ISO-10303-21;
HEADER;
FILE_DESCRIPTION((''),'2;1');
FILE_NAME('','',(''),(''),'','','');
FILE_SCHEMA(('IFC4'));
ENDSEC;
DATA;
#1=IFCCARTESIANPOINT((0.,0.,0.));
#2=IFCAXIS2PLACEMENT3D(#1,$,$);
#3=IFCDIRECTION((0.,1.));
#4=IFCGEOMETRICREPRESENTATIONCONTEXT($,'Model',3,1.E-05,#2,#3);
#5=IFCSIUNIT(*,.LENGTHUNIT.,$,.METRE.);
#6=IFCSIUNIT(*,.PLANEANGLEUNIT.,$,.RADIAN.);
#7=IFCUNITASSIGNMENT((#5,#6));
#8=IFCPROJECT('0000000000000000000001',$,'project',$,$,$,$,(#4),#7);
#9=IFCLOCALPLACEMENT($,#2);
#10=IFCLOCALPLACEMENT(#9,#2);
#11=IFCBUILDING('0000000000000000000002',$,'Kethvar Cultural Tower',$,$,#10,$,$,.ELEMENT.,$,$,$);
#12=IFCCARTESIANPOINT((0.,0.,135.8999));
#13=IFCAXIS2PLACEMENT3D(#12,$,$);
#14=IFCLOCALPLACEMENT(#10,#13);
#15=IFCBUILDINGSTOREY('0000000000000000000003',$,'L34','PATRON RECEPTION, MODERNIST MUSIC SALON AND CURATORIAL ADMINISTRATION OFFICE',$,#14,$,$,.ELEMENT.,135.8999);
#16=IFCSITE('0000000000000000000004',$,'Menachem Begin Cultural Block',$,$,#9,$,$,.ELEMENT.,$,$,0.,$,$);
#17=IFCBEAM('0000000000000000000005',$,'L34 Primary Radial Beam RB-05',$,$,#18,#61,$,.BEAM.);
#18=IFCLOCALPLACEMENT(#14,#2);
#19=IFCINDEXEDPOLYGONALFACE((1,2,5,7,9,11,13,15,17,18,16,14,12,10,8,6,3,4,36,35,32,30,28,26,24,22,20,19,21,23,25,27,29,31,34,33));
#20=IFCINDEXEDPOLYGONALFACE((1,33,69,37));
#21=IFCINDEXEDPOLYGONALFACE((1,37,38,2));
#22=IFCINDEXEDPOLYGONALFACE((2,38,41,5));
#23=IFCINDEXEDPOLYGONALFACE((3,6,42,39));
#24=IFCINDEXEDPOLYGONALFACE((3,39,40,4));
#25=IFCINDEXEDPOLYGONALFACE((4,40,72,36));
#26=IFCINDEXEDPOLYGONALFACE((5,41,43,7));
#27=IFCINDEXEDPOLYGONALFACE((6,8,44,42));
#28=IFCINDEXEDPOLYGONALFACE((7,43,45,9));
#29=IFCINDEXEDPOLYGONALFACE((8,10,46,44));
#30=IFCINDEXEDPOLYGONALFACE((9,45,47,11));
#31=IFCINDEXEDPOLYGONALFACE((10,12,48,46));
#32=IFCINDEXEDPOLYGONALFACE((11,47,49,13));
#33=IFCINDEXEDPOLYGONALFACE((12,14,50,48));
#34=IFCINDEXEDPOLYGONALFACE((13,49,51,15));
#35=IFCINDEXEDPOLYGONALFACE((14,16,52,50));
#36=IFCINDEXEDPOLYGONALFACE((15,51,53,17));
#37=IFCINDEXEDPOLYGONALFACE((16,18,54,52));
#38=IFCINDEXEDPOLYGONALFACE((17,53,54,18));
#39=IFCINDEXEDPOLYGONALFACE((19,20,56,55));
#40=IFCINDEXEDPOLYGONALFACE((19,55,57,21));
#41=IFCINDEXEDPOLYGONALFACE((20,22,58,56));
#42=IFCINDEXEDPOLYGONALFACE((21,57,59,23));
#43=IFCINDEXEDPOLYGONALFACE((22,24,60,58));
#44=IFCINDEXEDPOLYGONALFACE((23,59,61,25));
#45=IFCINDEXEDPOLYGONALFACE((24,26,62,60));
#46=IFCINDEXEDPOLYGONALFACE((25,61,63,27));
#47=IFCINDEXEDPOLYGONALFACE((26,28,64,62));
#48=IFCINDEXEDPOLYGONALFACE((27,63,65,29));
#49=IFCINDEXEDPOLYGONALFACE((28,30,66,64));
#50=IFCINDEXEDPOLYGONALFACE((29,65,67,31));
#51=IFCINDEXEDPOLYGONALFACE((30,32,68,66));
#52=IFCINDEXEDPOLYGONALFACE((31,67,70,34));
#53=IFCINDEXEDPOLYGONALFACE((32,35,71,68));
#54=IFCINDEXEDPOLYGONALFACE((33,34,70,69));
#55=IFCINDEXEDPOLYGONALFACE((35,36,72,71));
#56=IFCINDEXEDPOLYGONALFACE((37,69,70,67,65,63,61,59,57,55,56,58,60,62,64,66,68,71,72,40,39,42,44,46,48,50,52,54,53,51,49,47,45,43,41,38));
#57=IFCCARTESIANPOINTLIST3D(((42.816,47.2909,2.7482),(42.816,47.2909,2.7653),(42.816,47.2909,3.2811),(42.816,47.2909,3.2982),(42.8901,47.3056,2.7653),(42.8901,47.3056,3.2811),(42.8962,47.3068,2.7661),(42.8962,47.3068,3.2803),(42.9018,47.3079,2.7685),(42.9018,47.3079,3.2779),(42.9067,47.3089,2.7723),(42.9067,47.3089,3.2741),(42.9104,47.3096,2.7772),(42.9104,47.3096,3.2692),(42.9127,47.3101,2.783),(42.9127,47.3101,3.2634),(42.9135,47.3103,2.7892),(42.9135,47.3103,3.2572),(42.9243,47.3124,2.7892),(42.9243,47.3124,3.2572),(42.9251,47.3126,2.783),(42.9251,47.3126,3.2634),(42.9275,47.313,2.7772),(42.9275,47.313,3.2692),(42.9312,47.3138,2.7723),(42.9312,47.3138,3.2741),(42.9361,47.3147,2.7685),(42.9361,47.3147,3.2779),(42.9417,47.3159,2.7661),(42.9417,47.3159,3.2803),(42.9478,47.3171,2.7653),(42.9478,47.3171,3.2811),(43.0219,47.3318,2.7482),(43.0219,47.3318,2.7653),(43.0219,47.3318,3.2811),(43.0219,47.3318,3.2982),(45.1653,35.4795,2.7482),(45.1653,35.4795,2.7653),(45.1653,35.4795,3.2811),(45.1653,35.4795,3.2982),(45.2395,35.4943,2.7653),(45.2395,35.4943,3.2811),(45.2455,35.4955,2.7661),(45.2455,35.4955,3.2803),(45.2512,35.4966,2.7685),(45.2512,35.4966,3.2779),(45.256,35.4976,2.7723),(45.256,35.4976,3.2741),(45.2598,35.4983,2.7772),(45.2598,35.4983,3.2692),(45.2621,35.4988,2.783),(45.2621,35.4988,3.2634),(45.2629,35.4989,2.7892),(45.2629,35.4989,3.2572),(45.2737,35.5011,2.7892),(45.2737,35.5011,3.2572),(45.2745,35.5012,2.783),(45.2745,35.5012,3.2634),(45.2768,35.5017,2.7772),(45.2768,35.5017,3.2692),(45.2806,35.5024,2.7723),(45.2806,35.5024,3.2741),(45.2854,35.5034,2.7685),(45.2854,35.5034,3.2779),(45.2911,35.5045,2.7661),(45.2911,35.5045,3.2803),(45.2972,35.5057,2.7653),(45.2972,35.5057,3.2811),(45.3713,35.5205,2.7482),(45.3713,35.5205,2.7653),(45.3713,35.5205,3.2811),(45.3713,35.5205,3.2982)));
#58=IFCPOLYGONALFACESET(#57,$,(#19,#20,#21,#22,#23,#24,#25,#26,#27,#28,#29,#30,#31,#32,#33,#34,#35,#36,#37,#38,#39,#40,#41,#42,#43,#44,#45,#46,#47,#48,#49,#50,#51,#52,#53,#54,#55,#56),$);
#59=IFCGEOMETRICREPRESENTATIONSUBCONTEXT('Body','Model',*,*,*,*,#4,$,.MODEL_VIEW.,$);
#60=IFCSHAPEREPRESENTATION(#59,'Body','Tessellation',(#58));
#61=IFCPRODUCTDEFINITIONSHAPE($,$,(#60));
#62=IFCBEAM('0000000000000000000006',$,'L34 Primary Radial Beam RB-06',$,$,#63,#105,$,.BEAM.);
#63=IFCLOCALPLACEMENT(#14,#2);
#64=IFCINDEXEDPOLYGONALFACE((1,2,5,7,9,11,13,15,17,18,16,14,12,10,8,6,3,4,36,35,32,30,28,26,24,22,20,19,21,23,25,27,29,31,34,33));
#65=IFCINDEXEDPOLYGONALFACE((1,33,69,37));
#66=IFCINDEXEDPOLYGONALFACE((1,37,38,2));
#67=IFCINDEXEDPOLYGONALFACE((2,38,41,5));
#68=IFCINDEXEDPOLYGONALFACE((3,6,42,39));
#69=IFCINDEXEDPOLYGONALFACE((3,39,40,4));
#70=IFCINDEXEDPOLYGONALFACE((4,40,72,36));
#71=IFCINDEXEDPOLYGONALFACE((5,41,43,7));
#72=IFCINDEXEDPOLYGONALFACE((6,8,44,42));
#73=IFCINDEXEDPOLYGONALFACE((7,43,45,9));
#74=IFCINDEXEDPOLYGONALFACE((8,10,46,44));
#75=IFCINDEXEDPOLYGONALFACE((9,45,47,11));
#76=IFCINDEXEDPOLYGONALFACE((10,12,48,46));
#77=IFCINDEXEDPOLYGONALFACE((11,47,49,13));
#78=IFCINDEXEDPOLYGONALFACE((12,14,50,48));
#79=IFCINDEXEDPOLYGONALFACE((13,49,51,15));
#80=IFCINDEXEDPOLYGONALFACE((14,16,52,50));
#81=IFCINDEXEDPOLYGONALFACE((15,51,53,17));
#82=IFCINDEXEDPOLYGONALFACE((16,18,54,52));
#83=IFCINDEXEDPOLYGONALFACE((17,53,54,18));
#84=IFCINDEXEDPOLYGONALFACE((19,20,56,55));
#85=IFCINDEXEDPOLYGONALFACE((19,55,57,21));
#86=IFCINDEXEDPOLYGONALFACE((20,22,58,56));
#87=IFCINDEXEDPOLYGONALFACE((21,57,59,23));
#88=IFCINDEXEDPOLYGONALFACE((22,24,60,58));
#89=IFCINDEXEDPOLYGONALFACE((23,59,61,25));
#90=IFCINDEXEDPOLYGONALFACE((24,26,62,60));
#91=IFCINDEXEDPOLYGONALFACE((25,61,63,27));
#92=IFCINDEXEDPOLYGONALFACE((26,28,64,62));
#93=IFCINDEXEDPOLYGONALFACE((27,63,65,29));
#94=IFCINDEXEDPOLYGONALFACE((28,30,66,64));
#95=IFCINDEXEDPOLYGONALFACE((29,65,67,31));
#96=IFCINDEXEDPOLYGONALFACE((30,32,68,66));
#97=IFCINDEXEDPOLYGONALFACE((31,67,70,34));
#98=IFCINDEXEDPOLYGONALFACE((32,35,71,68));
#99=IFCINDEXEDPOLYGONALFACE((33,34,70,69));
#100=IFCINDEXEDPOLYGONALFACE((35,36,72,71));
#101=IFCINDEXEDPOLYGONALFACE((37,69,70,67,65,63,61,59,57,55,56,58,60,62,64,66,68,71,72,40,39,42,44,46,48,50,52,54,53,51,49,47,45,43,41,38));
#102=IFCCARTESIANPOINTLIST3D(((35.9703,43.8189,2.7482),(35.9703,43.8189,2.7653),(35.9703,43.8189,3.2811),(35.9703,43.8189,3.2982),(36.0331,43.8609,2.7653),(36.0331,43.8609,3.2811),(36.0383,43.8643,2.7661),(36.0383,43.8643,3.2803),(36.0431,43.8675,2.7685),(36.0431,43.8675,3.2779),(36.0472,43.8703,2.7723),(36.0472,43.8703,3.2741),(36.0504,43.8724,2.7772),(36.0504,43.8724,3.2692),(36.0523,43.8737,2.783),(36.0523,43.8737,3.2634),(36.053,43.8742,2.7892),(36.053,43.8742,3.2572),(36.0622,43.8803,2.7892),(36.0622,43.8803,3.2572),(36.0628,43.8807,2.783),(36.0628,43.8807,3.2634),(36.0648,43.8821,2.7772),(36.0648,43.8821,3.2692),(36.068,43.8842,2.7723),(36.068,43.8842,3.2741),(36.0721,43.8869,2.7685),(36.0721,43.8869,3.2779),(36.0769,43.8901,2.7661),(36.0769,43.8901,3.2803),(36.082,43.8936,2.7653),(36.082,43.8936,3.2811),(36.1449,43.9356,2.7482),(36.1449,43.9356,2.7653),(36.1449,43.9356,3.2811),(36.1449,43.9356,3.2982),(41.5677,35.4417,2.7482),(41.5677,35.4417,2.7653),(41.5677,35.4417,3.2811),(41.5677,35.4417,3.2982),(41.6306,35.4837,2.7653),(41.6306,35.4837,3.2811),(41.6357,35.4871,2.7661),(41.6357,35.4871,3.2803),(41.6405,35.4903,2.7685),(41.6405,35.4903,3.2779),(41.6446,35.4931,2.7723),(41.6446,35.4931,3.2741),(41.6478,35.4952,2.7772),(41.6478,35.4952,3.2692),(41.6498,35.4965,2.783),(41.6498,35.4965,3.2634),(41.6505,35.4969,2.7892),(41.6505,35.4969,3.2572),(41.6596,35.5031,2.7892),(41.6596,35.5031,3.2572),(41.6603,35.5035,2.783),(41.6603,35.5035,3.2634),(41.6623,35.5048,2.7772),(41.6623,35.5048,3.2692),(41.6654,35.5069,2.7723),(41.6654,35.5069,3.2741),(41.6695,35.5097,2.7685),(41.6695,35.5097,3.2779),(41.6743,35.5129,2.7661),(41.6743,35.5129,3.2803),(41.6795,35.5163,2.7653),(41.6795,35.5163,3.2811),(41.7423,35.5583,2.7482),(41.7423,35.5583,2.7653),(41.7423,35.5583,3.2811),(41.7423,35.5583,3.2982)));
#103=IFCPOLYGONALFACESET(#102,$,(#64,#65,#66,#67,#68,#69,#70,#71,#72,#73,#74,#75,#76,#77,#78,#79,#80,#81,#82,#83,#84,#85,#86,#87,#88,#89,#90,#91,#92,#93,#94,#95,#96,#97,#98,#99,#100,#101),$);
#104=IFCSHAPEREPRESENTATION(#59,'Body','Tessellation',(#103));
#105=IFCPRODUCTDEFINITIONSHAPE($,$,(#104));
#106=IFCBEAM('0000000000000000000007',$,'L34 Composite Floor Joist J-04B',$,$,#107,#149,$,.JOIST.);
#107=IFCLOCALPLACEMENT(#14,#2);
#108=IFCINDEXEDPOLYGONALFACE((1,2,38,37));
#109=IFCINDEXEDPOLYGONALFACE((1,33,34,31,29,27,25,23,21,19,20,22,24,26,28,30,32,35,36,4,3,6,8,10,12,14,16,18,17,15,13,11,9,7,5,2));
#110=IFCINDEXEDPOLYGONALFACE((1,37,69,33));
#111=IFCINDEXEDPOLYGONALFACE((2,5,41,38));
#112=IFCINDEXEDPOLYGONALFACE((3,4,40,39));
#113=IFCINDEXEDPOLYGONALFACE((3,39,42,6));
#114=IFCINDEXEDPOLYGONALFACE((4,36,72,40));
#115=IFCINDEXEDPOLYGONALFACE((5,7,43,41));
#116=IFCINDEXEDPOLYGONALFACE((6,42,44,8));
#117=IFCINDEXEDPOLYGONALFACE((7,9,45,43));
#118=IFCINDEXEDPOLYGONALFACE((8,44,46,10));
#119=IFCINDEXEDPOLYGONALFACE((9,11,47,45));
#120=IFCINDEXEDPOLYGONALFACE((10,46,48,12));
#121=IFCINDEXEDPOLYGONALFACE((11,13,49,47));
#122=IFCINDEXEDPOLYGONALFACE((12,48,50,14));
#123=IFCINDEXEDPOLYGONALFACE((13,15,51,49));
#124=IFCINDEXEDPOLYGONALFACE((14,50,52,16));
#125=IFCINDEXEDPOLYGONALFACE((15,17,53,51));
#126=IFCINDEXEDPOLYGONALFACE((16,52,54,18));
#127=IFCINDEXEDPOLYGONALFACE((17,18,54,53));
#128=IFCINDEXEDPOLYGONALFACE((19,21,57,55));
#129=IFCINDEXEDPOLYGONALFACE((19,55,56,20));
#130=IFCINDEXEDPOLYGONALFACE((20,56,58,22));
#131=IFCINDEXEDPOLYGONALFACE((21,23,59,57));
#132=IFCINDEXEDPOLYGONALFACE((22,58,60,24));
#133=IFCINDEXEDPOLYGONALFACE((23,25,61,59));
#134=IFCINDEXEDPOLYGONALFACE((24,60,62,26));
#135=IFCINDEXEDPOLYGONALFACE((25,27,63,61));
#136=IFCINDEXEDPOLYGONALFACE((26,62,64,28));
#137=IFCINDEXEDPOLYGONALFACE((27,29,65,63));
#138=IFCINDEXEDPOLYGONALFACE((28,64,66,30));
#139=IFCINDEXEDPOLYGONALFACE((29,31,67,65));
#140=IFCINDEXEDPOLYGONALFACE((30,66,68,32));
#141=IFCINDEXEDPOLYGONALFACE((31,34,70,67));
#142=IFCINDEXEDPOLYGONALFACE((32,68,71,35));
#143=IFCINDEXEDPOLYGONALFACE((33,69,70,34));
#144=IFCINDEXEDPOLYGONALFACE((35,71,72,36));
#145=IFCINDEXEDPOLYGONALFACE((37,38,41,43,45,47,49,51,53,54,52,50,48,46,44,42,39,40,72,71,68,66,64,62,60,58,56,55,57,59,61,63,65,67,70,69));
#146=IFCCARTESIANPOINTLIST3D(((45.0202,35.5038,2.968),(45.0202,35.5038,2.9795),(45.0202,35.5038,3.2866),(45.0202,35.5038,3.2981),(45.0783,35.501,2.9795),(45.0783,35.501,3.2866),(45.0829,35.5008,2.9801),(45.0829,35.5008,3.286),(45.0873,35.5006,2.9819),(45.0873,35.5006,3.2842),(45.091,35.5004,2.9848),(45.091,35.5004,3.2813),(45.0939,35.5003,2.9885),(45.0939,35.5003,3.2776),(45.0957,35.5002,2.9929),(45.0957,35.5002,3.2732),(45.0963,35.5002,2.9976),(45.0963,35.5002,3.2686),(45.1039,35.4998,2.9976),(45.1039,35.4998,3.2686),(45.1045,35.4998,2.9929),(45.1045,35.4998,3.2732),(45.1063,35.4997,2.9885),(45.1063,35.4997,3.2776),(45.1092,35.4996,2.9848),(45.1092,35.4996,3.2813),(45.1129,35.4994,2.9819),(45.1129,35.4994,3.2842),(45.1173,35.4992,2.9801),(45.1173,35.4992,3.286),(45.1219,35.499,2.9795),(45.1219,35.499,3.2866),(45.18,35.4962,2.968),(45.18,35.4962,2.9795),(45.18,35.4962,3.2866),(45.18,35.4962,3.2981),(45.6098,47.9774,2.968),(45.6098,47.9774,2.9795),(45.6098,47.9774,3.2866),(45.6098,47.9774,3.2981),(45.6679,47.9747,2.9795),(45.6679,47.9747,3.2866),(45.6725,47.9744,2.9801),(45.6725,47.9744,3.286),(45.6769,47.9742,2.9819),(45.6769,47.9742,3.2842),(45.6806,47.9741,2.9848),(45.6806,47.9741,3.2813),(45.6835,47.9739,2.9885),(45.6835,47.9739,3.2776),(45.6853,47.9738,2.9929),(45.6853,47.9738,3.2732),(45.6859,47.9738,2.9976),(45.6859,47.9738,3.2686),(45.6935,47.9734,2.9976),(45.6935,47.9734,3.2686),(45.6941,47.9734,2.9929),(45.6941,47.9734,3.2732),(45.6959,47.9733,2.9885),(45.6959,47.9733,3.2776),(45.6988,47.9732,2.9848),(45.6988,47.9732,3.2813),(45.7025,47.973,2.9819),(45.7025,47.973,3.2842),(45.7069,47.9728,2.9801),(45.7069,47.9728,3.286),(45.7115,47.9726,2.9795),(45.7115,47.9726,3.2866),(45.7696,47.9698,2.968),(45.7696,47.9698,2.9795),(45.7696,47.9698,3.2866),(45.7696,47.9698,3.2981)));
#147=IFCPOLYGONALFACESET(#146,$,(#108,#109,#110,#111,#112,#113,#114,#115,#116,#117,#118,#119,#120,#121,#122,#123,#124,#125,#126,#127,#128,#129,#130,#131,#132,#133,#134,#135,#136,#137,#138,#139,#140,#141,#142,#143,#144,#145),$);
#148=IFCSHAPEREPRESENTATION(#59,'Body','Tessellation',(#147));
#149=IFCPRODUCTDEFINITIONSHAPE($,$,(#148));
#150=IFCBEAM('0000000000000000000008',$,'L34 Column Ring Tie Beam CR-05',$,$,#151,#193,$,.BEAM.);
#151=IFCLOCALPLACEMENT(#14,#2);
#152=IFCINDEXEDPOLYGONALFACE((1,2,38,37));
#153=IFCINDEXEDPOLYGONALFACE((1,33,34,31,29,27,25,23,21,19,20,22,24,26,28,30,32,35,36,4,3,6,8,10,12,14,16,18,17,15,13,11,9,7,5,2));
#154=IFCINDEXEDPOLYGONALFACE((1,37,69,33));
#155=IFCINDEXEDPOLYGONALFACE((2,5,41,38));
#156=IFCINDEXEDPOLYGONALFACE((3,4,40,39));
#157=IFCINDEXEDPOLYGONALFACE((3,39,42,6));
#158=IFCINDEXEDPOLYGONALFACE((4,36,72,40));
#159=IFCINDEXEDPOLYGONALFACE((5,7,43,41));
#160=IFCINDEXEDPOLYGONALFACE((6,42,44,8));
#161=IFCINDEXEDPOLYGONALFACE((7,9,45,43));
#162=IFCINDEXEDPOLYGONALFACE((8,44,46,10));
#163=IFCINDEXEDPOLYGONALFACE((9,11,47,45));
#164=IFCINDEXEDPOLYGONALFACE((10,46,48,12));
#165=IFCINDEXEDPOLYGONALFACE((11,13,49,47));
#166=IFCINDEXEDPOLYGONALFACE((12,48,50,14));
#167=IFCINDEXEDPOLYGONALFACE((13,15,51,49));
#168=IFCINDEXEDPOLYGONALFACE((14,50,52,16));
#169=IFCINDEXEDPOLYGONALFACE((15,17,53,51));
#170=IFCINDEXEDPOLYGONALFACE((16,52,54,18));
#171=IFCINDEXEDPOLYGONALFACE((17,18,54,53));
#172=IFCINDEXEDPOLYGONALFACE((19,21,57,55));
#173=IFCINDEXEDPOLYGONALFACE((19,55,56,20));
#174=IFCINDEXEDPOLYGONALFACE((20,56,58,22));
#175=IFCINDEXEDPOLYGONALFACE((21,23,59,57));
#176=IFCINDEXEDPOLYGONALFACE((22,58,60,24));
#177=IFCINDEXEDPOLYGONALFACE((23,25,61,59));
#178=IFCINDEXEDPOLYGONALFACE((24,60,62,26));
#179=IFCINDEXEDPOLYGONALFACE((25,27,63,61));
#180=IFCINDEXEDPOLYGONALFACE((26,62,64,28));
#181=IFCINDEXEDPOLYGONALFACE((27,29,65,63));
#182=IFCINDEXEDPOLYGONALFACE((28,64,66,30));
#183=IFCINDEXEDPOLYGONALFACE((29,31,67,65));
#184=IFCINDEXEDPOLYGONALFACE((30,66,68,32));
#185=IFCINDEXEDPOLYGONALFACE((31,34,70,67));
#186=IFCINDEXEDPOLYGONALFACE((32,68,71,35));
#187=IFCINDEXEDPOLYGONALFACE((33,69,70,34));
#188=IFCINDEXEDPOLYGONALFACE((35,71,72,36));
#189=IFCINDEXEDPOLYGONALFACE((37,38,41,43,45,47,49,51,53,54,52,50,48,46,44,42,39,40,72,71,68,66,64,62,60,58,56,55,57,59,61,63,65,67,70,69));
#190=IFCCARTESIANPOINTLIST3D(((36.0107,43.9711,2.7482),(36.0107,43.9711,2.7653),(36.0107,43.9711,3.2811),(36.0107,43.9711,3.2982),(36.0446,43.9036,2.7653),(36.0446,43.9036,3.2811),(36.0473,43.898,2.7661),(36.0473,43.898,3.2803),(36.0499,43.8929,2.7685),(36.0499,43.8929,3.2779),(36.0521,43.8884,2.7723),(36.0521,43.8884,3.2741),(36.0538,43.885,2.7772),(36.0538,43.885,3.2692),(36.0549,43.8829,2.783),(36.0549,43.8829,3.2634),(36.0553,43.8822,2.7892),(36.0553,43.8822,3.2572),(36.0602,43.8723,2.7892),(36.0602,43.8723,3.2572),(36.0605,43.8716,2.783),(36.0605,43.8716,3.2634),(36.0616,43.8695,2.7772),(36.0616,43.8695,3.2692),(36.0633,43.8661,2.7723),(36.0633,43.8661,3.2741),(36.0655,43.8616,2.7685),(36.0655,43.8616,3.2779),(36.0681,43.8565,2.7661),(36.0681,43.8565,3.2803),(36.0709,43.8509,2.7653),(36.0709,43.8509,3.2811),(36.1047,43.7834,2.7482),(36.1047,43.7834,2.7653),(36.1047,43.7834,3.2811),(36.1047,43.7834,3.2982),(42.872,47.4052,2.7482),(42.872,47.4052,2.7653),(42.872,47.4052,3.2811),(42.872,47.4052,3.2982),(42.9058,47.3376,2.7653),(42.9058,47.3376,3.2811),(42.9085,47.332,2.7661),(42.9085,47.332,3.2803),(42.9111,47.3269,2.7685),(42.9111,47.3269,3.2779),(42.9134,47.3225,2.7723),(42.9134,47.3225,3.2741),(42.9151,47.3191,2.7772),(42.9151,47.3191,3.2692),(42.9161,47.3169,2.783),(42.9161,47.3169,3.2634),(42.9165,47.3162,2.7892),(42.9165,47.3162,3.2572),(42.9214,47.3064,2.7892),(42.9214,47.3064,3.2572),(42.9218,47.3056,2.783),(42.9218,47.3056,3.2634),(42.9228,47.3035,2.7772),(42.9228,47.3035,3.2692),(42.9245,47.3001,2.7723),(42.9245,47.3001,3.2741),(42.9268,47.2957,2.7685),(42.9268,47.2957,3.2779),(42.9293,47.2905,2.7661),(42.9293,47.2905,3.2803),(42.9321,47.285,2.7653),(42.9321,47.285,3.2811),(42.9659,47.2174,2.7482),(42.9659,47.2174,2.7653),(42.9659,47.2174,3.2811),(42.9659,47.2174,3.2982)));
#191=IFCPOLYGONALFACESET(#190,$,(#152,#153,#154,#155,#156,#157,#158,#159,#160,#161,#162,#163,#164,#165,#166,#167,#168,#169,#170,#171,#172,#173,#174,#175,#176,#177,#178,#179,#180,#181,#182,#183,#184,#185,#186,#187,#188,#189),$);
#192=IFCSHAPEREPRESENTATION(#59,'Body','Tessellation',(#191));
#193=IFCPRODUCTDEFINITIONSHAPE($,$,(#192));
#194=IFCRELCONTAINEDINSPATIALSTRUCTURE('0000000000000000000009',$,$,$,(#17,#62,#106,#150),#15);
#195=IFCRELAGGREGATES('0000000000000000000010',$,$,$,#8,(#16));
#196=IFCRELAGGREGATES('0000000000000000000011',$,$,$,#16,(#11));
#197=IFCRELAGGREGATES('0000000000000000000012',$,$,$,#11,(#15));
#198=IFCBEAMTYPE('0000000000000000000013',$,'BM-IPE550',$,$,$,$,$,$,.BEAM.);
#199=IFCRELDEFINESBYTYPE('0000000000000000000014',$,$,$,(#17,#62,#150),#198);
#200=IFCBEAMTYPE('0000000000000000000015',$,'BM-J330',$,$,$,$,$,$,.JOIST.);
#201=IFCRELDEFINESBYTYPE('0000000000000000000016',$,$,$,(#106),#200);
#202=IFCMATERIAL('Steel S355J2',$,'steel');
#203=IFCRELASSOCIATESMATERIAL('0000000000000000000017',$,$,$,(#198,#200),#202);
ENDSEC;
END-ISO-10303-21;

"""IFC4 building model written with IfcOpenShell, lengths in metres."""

from ifc_helpers import new_model, si_unit, direction, frame, origin, origin_2d, place, context, subcontext, project, spatial, i_section, extrude, source, transform, mapped, material, material_profile, profile_set, type_object, element, save


model = new_model("IFC4")

# Units and contexts
model_context = context("Model", 3, precision=1e-05, world=origin(), true_north=direction((0.0, 1.0)))
body_context = subcontext(model_context, "Body", "Model", "MODEL_VIEW")
ifc_project = project(units=[si_unit("LENGTHUNIT", "METRE"), si_unit("PLANEANGLEUNIT", "RADIAN")], contexts=[model_context])

# Site, building, storey
site_placement = place(None, origin())
site = spatial("IfcSite", under=ifc_project, at=site_placement, Name="Menachem Begin Cultural Block", CompositionType="ELEMENT", RefElevation=0.0)
building_placement = place(site_placement, origin())
building = spatial("IfcBuilding", under=site, at=building_placement, Name="Kethvar Cultural Tower", CompositionType="ELEMENT")
storey_placement = place(building_placement, frame((0.0, 0.0, 135.8999)))
storey = spatial("IfcBuildingStorey", under=building, at=storey_placement, Name="L34", Description="PATRON RECEPTION, MODERNIST MUSIC SALON AND CURATORIAL ADMINISTRATION OFFICE", CompositionType="ELEMENT", Elevation=135.8999)

# Beams
ifc_material_1 = material(Name="Steel S355J2", Category="steel")
ifc_material_profile_1 = material_profile(ifc_material_1, i_section(OverallWidth=0.21, OverallDepth=0.55, WebThickness=0.011, FlangeThickness=0.0171, FilletRadius=0.0239, at=origin_2d()), Name="Steel S355J2 — IPE550")
ifc_profile_set_1 = profile_set([ifc_material_profile_1], Name="Steel S355J2 — IPE550")
beam_type_1 = type_object("IfcBeamType", Name="BM-IPE550", PredefinedType="BEAM", material=ifc_profile_set_1)
shared_shape_1 = source(origin(), body_context, "Body", "SweptSolid", [
    extrude(i_section(OverallWidth=0.21, OverallDepth=0.55, WebThickness=0.011, FlangeThickness=0.0171, FilletRadius=0.0239, at=origin_2d()), origin(), (0.0, 0.0, 1.0), 12.0427),
])
beam_1_placement = place(storey_placement, frame((45.2683, 35.5, 3.0232), z_axis=(-0.195087, 0.980786, 0.0), x_axis=(-0.980786, -0.195087, 0.0)))
element("IfcBeam", 1, at=beam_1_placement, inside=storey, type_object=beam_type_1, Name="L34 Primary Radial Beam RB-05", PredefinedType="BEAM", context=body_context, shape_type="MappedRepresentation", body=[
    mapped(shared_shape_1, transform((0.0, 0.0, 0.0), scale=1.0)),
])
shared_shape_2 = source(origin(), body_context, "Body", "SweptSolid", [
    extrude(i_section(OverallWidth=0.21, OverallDepth=0.55, WebThickness=0.011, FlangeThickness=0.0171, FilletRadius=0.0239, at=origin_2d()), origin(), (0.0, 0.0, 1.0), 10.0752),
])
beam_2_placement = place(storey_placement, frame((41.655, 35.5, 3.0232), z_axis=(-0.555567, 0.831472, 0.0), x_axis=(-0.831472, -0.555567, 0.0)))
element("IfcBeam", 2, at=beam_2_placement, inside=storey, type_object=beam_type_1, Name="L34 Primary Radial Beam RB-06", PredefinedType="BEAM", context=body_context, shape_type="MappedRepresentation", body=[
    mapped(shared_shape_2, transform((0.0, 0.0, 0.0), scale=1.0)),
])
ifc_material_profile_2 = material_profile(ifc_material_1, i_section(OverallWidth=0.1599, OverallDepth=0.3301, WebThickness=0.0076, FlangeThickness=0.0115, FilletRadius=0.0181, at=origin_2d()), Name="Steel S355J2 — IPE330")
ifc_profile_set_2 = profile_set([ifc_material_profile_2], Name="Steel S355J2 — IPE330")
beam_type_2 = type_object("IfcBeamType", Name="BM-J330", PredefinedType="JOIST", material=ifc_profile_set_2)
shared_shape_3 = source(origin(), body_context, "Body", "SweptSolid", [
    extrude(i_section(OverallWidth=0.1599, OverallDepth=0.3301, WebThickness=0.0076, FlangeThickness=0.0115, FilletRadius=0.0181, at=origin_2d()), origin(), (0.0, 0.0, 1.0), 12.4875),
])
beam_3_placement = place(storey_placement, frame((45.1001, 35.5, 3.1331), z_axis=(0.047215, 0.998885, 0.0), x_axis=(-0.998885, 0.047215, 0.0)))
element("IfcBeam", 3, at=beam_3_placement, inside=storey, type_object=beam_type_2, Name="L34 Composite Floor Joist J-04B", PredefinedType="JOIST", context=body_context, shape_type="MappedRepresentation", body=[
    mapped(shared_shape_3, transform((0.0, 0.0, 0.0), scale=1.0)),
])
shared_shape_4 = source(origin(), body_context, "Body", "SweptSolid", [
    extrude(i_section(OverallWidth=0.21, OverallDepth=0.55, WebThickness=0.011, FlangeThickness=0.0171, FilletRadius=0.0239, at=origin_2d()), origin(), (0.0, 0.0, 1.0), 7.6726),
])
beam_4_placement = place(storey_placement, frame((42.9189, 47.3113, 3.0232), z_axis=(-0.894249, -0.44757, 0.0), x_axis=(0.44757, -0.894249, 0.0)))
element("IfcBeam", 4, at=beam_4_placement, inside=storey, type_object=beam_type_1, Name="L34 Column Ring Tie Beam CR-05", PredefinedType="BEAM", context=body_context, shape_type="MappedRepresentation", body=[
    mapped(shared_shape_4, transform((0.0, 0.0, 0.0), scale=1.0)),
])

save(model, "model.ifc")
